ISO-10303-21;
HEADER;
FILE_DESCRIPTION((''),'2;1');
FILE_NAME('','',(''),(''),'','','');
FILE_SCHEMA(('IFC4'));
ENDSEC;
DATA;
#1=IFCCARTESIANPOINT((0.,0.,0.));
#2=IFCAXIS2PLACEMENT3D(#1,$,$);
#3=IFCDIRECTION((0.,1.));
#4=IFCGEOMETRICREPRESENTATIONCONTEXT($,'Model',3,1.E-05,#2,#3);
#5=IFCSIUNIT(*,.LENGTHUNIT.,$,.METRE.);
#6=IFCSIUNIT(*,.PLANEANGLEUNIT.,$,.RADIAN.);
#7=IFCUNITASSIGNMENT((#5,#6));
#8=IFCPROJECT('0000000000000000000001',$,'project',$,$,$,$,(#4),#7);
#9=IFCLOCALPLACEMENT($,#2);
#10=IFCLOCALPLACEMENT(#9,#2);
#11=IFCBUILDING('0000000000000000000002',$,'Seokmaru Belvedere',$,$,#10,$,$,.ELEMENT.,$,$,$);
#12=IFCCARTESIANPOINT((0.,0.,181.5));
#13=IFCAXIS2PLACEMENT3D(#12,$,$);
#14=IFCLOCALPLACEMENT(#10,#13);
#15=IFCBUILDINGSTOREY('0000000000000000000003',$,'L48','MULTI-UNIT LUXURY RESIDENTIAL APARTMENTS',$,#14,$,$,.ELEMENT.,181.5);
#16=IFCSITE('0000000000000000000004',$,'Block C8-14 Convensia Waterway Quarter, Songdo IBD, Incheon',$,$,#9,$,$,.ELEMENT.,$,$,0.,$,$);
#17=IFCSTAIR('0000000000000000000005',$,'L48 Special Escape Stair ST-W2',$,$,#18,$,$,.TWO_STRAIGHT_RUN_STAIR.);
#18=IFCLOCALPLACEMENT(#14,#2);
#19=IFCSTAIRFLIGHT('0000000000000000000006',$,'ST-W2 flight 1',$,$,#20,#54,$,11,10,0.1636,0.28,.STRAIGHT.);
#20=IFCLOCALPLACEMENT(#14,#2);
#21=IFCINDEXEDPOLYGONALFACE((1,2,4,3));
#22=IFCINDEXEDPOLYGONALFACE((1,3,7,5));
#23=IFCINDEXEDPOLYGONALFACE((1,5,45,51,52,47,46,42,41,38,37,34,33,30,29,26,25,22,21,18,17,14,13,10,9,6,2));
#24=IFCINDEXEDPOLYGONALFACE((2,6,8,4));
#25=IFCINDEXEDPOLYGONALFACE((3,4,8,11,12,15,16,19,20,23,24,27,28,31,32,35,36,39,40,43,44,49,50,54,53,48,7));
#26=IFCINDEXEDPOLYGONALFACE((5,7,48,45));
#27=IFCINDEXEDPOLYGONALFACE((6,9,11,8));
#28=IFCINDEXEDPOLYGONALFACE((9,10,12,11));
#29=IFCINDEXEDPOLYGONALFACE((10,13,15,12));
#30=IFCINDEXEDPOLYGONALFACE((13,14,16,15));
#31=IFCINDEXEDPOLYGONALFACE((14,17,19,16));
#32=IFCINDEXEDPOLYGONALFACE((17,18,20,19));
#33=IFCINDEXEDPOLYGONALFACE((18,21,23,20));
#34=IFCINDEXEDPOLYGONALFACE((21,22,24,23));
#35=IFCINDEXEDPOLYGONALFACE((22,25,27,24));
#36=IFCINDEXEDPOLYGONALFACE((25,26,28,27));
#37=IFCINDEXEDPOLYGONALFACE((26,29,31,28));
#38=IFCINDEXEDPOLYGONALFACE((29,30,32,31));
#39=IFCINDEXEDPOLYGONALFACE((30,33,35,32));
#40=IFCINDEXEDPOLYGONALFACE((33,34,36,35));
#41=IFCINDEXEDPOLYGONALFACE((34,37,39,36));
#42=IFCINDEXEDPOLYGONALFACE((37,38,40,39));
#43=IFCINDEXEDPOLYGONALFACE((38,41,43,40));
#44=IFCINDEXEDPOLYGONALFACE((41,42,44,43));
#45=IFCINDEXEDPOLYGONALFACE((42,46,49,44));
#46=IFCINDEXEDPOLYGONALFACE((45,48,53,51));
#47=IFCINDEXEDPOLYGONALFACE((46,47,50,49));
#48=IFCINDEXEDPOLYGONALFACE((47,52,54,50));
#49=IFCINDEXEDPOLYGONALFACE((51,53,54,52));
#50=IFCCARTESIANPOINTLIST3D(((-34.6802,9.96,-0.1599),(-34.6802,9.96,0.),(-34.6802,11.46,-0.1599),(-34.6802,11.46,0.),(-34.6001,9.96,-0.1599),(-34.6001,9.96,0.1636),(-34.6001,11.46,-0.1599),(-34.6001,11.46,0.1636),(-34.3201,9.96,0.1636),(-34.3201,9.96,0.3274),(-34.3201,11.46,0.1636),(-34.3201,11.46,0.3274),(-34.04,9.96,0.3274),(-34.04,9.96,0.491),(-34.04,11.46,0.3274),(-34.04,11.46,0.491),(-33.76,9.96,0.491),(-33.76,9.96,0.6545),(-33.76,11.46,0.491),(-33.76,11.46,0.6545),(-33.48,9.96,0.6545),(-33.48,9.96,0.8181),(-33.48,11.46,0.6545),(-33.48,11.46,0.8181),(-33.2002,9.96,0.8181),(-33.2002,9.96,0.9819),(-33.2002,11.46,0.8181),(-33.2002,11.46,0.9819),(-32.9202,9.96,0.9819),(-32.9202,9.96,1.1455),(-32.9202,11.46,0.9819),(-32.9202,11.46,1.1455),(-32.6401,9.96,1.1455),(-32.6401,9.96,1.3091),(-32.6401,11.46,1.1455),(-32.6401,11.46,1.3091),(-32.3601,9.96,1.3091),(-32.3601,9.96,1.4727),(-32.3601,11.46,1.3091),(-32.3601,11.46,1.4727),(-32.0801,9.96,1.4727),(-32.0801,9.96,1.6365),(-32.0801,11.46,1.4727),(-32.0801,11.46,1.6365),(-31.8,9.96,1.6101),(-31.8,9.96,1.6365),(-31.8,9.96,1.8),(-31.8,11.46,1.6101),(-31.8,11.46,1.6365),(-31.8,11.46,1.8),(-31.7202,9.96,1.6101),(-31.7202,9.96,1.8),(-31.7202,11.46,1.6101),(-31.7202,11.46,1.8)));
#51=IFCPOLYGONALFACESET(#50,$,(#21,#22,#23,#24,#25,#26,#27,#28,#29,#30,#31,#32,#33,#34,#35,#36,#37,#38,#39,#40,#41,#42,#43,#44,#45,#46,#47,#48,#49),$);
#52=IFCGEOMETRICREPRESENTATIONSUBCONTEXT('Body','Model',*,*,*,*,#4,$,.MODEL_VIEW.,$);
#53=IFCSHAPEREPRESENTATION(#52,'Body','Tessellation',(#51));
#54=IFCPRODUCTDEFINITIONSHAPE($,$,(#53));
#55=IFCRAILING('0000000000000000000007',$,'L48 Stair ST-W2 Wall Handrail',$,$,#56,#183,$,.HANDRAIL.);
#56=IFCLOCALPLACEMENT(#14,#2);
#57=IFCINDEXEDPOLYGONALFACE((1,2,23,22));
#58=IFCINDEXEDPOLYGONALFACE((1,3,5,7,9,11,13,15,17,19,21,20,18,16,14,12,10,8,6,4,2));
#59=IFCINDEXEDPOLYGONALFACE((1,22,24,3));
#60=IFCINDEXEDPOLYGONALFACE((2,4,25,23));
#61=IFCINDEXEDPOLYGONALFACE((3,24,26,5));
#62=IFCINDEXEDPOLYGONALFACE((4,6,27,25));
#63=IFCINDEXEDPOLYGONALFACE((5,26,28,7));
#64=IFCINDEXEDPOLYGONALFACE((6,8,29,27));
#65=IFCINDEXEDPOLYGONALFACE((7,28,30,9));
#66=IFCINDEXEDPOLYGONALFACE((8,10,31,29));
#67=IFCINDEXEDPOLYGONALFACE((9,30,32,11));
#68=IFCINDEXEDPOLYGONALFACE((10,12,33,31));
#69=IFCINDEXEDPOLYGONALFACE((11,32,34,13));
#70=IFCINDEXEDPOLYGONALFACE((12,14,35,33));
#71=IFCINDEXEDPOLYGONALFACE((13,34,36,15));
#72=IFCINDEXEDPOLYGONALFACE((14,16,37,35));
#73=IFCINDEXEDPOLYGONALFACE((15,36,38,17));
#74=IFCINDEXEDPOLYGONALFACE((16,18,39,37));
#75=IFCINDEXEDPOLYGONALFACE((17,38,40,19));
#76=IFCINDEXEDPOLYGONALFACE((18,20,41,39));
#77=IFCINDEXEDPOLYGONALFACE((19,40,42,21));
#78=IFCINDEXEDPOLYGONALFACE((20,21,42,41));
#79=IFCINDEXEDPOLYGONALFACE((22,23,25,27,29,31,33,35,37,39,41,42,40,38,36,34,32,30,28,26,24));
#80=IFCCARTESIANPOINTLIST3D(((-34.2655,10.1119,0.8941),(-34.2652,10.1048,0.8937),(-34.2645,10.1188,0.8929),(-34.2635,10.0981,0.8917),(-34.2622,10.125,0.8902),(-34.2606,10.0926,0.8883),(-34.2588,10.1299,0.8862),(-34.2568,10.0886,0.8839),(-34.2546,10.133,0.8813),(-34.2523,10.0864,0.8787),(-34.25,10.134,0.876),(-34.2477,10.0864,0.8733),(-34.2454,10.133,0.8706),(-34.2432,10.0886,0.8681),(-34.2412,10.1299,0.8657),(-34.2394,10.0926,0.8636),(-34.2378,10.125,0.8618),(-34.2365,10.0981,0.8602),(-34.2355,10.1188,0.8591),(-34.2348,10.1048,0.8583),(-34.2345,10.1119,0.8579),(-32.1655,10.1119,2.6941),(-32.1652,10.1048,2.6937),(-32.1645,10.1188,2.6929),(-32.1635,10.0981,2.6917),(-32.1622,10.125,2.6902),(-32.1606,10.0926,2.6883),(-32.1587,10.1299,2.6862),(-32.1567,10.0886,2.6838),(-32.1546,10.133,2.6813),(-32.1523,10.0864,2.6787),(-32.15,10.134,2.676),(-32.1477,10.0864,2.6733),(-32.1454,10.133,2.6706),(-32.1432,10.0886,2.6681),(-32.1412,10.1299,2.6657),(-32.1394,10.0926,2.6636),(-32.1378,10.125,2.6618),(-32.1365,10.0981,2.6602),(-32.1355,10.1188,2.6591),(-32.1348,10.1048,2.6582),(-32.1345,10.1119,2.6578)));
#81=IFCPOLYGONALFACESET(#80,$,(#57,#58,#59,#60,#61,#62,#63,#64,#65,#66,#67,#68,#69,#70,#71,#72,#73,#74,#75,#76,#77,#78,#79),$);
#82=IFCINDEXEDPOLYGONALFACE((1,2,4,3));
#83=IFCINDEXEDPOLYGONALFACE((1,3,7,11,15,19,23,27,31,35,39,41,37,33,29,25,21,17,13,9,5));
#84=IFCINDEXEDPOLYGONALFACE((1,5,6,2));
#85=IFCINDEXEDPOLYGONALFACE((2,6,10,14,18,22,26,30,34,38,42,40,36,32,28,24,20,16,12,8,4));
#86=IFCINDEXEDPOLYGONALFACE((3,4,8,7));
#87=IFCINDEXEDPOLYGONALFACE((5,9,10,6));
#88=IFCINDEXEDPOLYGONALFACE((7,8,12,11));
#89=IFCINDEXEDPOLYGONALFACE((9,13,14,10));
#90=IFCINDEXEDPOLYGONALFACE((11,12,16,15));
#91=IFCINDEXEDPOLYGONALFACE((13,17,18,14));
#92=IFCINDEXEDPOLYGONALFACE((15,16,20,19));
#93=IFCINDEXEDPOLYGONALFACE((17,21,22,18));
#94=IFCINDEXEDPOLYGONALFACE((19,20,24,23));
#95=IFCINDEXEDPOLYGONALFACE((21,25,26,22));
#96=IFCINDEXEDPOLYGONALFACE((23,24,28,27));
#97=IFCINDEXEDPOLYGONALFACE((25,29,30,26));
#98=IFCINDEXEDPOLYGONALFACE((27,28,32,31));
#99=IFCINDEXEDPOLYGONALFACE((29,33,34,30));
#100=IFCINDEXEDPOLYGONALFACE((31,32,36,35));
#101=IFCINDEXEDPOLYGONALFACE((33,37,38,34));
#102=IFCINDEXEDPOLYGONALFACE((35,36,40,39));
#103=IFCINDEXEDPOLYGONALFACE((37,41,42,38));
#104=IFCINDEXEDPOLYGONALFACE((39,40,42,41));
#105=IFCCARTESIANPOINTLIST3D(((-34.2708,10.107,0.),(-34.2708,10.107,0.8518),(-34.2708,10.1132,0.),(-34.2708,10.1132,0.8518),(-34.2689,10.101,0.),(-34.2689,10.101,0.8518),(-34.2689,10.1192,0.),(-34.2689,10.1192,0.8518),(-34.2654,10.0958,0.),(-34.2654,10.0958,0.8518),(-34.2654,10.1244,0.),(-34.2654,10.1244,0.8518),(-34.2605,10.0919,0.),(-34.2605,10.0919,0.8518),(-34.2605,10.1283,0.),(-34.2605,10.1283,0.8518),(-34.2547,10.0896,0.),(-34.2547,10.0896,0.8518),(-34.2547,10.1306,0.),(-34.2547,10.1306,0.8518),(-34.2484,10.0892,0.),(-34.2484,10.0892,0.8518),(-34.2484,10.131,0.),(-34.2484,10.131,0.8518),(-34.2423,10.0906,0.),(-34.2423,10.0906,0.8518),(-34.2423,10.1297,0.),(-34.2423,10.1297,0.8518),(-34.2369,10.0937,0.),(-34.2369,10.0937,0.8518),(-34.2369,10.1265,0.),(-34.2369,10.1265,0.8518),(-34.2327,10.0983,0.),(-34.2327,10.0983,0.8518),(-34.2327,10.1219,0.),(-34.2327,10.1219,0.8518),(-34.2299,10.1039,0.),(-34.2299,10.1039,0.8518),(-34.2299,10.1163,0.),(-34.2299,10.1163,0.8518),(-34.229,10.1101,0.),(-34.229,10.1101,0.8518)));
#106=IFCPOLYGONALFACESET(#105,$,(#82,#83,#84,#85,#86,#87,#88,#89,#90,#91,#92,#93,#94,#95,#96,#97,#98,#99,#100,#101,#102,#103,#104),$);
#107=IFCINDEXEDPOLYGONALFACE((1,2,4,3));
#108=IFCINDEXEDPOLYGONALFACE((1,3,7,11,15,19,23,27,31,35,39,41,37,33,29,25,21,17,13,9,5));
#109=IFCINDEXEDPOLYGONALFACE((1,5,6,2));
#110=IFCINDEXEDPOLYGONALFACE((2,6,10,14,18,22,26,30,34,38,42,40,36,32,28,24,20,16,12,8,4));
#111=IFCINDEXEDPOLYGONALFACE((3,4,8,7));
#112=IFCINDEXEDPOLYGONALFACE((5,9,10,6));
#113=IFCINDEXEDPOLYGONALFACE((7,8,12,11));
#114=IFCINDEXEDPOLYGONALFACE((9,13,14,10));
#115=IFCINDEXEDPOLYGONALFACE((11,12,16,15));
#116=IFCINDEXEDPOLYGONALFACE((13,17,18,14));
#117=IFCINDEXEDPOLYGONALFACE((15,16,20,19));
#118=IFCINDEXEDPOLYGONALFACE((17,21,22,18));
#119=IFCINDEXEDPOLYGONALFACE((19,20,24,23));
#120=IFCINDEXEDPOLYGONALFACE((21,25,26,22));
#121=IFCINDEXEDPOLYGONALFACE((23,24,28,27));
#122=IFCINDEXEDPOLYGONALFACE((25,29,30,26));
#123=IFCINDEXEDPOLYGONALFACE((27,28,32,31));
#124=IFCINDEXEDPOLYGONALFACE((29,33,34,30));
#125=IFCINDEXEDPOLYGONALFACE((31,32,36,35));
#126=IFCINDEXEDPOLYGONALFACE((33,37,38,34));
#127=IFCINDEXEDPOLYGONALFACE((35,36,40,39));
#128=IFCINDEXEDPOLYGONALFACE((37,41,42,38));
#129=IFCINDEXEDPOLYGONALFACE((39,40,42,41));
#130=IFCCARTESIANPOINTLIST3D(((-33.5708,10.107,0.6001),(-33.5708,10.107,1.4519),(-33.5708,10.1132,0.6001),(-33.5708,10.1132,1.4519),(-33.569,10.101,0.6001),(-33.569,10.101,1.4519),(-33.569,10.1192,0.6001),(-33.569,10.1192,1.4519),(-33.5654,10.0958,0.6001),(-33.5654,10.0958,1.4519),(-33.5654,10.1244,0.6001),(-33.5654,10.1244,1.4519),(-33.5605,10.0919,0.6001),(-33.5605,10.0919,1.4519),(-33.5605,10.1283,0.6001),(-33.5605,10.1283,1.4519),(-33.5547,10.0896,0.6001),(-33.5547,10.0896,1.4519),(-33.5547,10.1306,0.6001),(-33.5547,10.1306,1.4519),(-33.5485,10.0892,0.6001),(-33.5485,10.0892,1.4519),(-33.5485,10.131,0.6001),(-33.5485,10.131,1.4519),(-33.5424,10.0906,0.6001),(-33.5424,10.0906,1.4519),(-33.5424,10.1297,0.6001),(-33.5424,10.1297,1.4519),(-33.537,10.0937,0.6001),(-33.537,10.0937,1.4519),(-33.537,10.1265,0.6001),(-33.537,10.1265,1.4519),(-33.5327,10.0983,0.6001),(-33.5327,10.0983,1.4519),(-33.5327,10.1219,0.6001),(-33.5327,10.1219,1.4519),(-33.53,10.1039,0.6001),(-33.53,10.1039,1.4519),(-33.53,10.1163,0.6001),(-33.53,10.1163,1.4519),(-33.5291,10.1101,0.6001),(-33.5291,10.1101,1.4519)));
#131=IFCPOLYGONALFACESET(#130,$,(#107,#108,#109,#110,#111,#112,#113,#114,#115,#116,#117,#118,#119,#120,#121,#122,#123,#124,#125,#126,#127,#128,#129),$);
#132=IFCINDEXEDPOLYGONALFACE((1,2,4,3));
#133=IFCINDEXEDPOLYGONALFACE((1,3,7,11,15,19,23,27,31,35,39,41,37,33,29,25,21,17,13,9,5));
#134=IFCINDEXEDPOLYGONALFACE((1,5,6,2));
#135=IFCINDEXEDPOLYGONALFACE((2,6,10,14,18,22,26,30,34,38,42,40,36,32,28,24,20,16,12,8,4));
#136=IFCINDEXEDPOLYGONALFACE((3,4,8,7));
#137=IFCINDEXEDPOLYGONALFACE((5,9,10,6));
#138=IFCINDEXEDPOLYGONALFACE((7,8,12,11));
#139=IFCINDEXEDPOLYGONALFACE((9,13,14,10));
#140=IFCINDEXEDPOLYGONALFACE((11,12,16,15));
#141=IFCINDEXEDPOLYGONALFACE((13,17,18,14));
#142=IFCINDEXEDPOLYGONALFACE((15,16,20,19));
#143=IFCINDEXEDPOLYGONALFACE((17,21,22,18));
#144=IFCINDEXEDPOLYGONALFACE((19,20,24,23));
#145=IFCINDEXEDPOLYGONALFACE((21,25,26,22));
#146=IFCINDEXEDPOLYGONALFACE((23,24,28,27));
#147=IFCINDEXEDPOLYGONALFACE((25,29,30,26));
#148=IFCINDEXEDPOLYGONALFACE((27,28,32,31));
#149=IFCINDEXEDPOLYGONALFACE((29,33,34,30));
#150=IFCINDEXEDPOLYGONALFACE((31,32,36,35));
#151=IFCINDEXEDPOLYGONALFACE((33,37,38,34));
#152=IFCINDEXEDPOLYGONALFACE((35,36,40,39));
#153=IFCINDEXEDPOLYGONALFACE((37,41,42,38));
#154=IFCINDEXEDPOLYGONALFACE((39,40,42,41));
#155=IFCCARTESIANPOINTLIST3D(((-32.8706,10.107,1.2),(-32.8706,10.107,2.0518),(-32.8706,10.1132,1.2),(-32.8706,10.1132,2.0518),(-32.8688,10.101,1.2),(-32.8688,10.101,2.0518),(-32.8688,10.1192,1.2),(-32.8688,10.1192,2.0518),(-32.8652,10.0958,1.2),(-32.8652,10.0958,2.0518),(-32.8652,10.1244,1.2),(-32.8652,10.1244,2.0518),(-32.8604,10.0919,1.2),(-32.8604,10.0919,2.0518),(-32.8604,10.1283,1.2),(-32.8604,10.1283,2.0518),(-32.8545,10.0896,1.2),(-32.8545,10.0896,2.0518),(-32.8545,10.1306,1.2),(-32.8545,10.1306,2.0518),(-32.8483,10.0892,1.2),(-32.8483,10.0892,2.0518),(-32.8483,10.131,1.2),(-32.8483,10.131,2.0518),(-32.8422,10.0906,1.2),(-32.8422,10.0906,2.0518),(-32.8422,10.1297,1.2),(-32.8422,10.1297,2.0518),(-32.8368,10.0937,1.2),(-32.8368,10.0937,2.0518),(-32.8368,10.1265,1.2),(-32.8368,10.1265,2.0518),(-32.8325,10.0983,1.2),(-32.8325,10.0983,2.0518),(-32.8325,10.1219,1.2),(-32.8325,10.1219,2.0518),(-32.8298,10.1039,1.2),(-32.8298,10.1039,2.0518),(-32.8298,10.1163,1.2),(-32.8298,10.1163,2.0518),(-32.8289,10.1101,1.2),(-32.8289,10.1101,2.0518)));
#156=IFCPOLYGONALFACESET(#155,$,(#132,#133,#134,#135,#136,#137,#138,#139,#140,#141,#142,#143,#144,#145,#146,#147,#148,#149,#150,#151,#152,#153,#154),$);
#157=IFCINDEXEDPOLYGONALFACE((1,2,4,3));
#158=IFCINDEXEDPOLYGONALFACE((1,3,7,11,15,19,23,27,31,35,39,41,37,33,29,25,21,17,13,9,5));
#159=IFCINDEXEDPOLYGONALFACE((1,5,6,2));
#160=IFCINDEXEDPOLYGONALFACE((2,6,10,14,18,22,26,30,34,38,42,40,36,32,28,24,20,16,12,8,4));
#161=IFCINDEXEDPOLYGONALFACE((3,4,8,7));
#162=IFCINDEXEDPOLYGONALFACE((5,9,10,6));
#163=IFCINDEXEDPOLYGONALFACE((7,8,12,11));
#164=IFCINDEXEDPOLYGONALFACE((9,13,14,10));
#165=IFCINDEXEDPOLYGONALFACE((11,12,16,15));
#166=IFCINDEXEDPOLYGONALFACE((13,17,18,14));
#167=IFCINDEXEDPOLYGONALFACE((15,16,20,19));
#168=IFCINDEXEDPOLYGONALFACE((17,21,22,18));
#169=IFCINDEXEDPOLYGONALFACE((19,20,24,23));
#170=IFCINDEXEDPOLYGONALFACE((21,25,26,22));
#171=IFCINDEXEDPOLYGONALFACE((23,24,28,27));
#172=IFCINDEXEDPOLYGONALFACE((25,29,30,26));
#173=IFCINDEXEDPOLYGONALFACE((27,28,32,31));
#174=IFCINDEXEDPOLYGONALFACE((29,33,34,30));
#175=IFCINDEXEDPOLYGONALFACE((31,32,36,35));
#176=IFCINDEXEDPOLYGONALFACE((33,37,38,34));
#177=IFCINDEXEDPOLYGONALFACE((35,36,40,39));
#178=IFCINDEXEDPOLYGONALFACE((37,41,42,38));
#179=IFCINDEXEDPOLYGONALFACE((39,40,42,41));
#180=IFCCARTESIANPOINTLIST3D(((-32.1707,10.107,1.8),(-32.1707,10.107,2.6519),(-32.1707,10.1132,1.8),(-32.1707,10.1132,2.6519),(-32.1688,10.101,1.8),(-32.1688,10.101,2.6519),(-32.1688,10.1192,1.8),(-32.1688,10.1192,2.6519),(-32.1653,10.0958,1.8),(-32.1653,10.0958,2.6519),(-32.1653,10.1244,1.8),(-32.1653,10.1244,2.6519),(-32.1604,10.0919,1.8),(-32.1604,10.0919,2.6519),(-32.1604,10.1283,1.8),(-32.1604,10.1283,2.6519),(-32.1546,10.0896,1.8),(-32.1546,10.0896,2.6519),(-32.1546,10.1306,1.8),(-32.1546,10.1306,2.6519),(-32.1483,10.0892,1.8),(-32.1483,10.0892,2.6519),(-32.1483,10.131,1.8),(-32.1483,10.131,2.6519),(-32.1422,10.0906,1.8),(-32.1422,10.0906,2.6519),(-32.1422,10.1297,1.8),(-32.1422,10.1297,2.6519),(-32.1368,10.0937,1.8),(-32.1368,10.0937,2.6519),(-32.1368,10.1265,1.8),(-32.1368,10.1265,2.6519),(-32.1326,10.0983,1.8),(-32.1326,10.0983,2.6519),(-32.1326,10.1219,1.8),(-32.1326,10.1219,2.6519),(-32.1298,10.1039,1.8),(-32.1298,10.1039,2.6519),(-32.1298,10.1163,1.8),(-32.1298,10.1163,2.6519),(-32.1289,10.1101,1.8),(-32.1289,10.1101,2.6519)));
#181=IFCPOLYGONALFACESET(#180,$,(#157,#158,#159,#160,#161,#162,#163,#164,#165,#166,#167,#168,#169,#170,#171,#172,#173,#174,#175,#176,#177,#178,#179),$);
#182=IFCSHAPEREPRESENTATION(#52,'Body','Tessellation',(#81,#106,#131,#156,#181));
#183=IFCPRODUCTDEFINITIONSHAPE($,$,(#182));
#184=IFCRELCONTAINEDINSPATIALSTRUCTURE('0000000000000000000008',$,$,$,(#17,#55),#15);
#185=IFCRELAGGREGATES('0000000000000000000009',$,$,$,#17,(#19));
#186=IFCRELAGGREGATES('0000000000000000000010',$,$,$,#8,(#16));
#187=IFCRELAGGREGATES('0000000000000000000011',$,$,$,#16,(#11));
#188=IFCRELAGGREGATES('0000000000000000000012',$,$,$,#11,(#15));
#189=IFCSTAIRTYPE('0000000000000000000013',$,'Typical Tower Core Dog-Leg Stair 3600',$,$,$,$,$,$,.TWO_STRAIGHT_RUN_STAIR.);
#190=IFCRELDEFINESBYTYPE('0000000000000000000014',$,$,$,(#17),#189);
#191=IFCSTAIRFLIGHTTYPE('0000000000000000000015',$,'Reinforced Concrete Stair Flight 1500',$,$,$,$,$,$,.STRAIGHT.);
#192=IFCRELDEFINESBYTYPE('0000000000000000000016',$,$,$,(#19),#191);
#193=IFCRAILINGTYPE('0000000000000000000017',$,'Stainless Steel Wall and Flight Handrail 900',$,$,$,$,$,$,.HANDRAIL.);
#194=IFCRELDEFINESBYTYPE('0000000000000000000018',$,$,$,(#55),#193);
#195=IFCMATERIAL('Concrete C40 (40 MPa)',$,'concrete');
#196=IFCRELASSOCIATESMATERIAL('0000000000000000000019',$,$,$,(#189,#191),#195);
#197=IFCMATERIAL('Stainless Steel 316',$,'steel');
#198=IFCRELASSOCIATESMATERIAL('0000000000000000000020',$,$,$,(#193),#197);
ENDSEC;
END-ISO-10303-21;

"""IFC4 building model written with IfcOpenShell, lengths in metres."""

from ifc_helpers import new_model, si_unit, direction, frame, origin, origin_2d, place, context, subcontext, project, spatial, polyline, circle, outline, extrude, material, type_object, element, aggregate, save


model = new_model("IFC4")

# Units and contexts
model_context = context("Model", 3, precision=1e-05, world=origin(), true_north=direction((0.0, 1.0)))
body_context = subcontext(model_context, "Body", "Model", "MODEL_VIEW")
ifc_project = project(units=[si_unit("LENGTHUNIT", "METRE"), si_unit("PLANEANGLEUNIT", "RADIAN")], contexts=[model_context])

# Site, building, storey
site_placement = place(None, origin())
site = spatial("IfcSite", under=ifc_project, at=site_placement, Name="Block C8-14 Convensia Waterway Quarter, Songdo IBD, Incheon", CompositionType="ELEMENT", RefElevation=0.0)
building_placement = place(site_placement, origin())
building = spatial("IfcBuilding", under=site, at=building_placement, Name="Seokmaru Belvedere", CompositionType="ELEMENT")
storey_placement = place(building_placement, frame((0.0, 0.0, 181.5)))
storey = spatial("IfcBuildingStorey", under=building, at=storey_placement, Name="L48", Description="MULTI-UNIT LUXURY RESIDENTIAL APARTMENTS", CompositionType="ELEMENT", Elevation=181.5)

# Stair, stair flight
ifc_material_1 = material(Name="Concrete C40 (40 MPa)", Category="concrete")
stair_type = type_object("IfcStairType", Name="Typical Tower Core Dog-Leg Stair 3600", PredefinedType="TWO_STRAIGHT_RUN_STAIR", material=ifc_material_1)
stair_placement = place(storey_placement, origin())
stair = element("IfcStair", 1, at=stair_placement, inside=storey, type_object=stair_type, Name="L48 Special Escape Stair ST-W2", PredefinedType="TWO_STRAIGHT_RUN_STAIR")
stair_flight_type = type_object("IfcStairFlightType", Name="Reinforced Concrete Stair Flight 1500", PredefinedType="STRAIGHT", material=ifc_material_1)
stair_flight_placement = place(storey_placement, frame((-34.6001, 10.71, 0.0), z_axis=(0.0, 0.0, 1.0), x_axis=(1.0, 0.0, 0.0)))
stair_flight = element("IfcStairFlight", 2, at=stair_flight_placement, type_object=stair_flight_type, Name="ST-W2 flight 1", NumberOfRisers=11, NumberOfTreads=10, PredefinedType="STRAIGHT", RiserHeight=0.1636, TreadLength=0.28, context=body_context, shape_type="SweptSolid", body=[
    extrude(outline(polyline([(-0.0801, 0.0), (0.0, 0.1636), (0.28, 0.1636), (0.28, 0.3274), (0.5601, 0.3274), (0.5601, 0.491), (0.8401, 0.491), (0.8401, 0.6545), (1.1201, 0.6545), (1.1201, 0.8181), (1.3999, 0.8181), (1.3999, 0.9819), (1.6799, 0.9819), (1.6799, 1.1455), (1.96, 1.1455), (1.96, 1.3091), (2.24, 1.3091), (2.24, 1.4727), (2.52, 1.4727), (2.52, 1.6365), (2.8, 1.6365), (2.8, 1.8), (2.8799, 1.8), (2.8799, 1.6101), (2.8, 1.6101), (0.0, -0.1599), (-0.0801, -0.1599), (-0.0801, 0.0)])), frame((0.0, 0.75, 0.0), z_axis=(0.0, -1.0, 0.0), x_axis=(1.0, 0.0, 0.0)), (0.0, 0.0, 1.0), 1.5),
])
aggregate(stair, [stair_flight])

# Railing
ifc_material_2 = material(Name="Stainless Steel 316", Category="steel")
railing_type = type_object("IfcRailingType", Name="Stainless Steel Wall and Flight Handrail 900", PredefinedType="HANDRAIL", material=ifc_material_2)
railing_placement = place(storey_placement, frame((-34.25, 10.1101, 0.0)))
element("IfcRailing", 3, at=railing_placement, inside=storey, type_object=railing_type, Name="L48 Stair ST-W2 Wall Handrail", PredefinedType="HANDRAIL", context=body_context, shape_type="SweptSolid", body=[
    extrude(circle(Radius=0.0239, at=origin_2d()), frame((0.0, 0.0, 0.876), z_axis=(0.759263, 0.0, 0.650784), x_axis=(0.0, 1.0, 0.0)), (0.0, 0.0, 1.0), 2.7659),
    extrude(circle(Radius=0.021, at=origin_2d()), origin(), (0.0, 0.0, 1.0), 0.8518),
    extrude(circle(Radius=0.021, at=origin_2d()), frame((0.7, 0.0, 0.6001)), (0.0, 0.0, 1.0), 0.8518),
    extrude(circle(Radius=0.021, at=origin_2d()), frame((1.4001, 0.0, 1.2)), (0.0, 0.0, 1.0), 0.8518),
    extrude(circle(Radius=0.021, at=origin_2d()), frame((2.1001, 0.0, 1.8)), (0.0, 0.0, 1.0), 0.8518),
])

save(model, "model.ifc")
